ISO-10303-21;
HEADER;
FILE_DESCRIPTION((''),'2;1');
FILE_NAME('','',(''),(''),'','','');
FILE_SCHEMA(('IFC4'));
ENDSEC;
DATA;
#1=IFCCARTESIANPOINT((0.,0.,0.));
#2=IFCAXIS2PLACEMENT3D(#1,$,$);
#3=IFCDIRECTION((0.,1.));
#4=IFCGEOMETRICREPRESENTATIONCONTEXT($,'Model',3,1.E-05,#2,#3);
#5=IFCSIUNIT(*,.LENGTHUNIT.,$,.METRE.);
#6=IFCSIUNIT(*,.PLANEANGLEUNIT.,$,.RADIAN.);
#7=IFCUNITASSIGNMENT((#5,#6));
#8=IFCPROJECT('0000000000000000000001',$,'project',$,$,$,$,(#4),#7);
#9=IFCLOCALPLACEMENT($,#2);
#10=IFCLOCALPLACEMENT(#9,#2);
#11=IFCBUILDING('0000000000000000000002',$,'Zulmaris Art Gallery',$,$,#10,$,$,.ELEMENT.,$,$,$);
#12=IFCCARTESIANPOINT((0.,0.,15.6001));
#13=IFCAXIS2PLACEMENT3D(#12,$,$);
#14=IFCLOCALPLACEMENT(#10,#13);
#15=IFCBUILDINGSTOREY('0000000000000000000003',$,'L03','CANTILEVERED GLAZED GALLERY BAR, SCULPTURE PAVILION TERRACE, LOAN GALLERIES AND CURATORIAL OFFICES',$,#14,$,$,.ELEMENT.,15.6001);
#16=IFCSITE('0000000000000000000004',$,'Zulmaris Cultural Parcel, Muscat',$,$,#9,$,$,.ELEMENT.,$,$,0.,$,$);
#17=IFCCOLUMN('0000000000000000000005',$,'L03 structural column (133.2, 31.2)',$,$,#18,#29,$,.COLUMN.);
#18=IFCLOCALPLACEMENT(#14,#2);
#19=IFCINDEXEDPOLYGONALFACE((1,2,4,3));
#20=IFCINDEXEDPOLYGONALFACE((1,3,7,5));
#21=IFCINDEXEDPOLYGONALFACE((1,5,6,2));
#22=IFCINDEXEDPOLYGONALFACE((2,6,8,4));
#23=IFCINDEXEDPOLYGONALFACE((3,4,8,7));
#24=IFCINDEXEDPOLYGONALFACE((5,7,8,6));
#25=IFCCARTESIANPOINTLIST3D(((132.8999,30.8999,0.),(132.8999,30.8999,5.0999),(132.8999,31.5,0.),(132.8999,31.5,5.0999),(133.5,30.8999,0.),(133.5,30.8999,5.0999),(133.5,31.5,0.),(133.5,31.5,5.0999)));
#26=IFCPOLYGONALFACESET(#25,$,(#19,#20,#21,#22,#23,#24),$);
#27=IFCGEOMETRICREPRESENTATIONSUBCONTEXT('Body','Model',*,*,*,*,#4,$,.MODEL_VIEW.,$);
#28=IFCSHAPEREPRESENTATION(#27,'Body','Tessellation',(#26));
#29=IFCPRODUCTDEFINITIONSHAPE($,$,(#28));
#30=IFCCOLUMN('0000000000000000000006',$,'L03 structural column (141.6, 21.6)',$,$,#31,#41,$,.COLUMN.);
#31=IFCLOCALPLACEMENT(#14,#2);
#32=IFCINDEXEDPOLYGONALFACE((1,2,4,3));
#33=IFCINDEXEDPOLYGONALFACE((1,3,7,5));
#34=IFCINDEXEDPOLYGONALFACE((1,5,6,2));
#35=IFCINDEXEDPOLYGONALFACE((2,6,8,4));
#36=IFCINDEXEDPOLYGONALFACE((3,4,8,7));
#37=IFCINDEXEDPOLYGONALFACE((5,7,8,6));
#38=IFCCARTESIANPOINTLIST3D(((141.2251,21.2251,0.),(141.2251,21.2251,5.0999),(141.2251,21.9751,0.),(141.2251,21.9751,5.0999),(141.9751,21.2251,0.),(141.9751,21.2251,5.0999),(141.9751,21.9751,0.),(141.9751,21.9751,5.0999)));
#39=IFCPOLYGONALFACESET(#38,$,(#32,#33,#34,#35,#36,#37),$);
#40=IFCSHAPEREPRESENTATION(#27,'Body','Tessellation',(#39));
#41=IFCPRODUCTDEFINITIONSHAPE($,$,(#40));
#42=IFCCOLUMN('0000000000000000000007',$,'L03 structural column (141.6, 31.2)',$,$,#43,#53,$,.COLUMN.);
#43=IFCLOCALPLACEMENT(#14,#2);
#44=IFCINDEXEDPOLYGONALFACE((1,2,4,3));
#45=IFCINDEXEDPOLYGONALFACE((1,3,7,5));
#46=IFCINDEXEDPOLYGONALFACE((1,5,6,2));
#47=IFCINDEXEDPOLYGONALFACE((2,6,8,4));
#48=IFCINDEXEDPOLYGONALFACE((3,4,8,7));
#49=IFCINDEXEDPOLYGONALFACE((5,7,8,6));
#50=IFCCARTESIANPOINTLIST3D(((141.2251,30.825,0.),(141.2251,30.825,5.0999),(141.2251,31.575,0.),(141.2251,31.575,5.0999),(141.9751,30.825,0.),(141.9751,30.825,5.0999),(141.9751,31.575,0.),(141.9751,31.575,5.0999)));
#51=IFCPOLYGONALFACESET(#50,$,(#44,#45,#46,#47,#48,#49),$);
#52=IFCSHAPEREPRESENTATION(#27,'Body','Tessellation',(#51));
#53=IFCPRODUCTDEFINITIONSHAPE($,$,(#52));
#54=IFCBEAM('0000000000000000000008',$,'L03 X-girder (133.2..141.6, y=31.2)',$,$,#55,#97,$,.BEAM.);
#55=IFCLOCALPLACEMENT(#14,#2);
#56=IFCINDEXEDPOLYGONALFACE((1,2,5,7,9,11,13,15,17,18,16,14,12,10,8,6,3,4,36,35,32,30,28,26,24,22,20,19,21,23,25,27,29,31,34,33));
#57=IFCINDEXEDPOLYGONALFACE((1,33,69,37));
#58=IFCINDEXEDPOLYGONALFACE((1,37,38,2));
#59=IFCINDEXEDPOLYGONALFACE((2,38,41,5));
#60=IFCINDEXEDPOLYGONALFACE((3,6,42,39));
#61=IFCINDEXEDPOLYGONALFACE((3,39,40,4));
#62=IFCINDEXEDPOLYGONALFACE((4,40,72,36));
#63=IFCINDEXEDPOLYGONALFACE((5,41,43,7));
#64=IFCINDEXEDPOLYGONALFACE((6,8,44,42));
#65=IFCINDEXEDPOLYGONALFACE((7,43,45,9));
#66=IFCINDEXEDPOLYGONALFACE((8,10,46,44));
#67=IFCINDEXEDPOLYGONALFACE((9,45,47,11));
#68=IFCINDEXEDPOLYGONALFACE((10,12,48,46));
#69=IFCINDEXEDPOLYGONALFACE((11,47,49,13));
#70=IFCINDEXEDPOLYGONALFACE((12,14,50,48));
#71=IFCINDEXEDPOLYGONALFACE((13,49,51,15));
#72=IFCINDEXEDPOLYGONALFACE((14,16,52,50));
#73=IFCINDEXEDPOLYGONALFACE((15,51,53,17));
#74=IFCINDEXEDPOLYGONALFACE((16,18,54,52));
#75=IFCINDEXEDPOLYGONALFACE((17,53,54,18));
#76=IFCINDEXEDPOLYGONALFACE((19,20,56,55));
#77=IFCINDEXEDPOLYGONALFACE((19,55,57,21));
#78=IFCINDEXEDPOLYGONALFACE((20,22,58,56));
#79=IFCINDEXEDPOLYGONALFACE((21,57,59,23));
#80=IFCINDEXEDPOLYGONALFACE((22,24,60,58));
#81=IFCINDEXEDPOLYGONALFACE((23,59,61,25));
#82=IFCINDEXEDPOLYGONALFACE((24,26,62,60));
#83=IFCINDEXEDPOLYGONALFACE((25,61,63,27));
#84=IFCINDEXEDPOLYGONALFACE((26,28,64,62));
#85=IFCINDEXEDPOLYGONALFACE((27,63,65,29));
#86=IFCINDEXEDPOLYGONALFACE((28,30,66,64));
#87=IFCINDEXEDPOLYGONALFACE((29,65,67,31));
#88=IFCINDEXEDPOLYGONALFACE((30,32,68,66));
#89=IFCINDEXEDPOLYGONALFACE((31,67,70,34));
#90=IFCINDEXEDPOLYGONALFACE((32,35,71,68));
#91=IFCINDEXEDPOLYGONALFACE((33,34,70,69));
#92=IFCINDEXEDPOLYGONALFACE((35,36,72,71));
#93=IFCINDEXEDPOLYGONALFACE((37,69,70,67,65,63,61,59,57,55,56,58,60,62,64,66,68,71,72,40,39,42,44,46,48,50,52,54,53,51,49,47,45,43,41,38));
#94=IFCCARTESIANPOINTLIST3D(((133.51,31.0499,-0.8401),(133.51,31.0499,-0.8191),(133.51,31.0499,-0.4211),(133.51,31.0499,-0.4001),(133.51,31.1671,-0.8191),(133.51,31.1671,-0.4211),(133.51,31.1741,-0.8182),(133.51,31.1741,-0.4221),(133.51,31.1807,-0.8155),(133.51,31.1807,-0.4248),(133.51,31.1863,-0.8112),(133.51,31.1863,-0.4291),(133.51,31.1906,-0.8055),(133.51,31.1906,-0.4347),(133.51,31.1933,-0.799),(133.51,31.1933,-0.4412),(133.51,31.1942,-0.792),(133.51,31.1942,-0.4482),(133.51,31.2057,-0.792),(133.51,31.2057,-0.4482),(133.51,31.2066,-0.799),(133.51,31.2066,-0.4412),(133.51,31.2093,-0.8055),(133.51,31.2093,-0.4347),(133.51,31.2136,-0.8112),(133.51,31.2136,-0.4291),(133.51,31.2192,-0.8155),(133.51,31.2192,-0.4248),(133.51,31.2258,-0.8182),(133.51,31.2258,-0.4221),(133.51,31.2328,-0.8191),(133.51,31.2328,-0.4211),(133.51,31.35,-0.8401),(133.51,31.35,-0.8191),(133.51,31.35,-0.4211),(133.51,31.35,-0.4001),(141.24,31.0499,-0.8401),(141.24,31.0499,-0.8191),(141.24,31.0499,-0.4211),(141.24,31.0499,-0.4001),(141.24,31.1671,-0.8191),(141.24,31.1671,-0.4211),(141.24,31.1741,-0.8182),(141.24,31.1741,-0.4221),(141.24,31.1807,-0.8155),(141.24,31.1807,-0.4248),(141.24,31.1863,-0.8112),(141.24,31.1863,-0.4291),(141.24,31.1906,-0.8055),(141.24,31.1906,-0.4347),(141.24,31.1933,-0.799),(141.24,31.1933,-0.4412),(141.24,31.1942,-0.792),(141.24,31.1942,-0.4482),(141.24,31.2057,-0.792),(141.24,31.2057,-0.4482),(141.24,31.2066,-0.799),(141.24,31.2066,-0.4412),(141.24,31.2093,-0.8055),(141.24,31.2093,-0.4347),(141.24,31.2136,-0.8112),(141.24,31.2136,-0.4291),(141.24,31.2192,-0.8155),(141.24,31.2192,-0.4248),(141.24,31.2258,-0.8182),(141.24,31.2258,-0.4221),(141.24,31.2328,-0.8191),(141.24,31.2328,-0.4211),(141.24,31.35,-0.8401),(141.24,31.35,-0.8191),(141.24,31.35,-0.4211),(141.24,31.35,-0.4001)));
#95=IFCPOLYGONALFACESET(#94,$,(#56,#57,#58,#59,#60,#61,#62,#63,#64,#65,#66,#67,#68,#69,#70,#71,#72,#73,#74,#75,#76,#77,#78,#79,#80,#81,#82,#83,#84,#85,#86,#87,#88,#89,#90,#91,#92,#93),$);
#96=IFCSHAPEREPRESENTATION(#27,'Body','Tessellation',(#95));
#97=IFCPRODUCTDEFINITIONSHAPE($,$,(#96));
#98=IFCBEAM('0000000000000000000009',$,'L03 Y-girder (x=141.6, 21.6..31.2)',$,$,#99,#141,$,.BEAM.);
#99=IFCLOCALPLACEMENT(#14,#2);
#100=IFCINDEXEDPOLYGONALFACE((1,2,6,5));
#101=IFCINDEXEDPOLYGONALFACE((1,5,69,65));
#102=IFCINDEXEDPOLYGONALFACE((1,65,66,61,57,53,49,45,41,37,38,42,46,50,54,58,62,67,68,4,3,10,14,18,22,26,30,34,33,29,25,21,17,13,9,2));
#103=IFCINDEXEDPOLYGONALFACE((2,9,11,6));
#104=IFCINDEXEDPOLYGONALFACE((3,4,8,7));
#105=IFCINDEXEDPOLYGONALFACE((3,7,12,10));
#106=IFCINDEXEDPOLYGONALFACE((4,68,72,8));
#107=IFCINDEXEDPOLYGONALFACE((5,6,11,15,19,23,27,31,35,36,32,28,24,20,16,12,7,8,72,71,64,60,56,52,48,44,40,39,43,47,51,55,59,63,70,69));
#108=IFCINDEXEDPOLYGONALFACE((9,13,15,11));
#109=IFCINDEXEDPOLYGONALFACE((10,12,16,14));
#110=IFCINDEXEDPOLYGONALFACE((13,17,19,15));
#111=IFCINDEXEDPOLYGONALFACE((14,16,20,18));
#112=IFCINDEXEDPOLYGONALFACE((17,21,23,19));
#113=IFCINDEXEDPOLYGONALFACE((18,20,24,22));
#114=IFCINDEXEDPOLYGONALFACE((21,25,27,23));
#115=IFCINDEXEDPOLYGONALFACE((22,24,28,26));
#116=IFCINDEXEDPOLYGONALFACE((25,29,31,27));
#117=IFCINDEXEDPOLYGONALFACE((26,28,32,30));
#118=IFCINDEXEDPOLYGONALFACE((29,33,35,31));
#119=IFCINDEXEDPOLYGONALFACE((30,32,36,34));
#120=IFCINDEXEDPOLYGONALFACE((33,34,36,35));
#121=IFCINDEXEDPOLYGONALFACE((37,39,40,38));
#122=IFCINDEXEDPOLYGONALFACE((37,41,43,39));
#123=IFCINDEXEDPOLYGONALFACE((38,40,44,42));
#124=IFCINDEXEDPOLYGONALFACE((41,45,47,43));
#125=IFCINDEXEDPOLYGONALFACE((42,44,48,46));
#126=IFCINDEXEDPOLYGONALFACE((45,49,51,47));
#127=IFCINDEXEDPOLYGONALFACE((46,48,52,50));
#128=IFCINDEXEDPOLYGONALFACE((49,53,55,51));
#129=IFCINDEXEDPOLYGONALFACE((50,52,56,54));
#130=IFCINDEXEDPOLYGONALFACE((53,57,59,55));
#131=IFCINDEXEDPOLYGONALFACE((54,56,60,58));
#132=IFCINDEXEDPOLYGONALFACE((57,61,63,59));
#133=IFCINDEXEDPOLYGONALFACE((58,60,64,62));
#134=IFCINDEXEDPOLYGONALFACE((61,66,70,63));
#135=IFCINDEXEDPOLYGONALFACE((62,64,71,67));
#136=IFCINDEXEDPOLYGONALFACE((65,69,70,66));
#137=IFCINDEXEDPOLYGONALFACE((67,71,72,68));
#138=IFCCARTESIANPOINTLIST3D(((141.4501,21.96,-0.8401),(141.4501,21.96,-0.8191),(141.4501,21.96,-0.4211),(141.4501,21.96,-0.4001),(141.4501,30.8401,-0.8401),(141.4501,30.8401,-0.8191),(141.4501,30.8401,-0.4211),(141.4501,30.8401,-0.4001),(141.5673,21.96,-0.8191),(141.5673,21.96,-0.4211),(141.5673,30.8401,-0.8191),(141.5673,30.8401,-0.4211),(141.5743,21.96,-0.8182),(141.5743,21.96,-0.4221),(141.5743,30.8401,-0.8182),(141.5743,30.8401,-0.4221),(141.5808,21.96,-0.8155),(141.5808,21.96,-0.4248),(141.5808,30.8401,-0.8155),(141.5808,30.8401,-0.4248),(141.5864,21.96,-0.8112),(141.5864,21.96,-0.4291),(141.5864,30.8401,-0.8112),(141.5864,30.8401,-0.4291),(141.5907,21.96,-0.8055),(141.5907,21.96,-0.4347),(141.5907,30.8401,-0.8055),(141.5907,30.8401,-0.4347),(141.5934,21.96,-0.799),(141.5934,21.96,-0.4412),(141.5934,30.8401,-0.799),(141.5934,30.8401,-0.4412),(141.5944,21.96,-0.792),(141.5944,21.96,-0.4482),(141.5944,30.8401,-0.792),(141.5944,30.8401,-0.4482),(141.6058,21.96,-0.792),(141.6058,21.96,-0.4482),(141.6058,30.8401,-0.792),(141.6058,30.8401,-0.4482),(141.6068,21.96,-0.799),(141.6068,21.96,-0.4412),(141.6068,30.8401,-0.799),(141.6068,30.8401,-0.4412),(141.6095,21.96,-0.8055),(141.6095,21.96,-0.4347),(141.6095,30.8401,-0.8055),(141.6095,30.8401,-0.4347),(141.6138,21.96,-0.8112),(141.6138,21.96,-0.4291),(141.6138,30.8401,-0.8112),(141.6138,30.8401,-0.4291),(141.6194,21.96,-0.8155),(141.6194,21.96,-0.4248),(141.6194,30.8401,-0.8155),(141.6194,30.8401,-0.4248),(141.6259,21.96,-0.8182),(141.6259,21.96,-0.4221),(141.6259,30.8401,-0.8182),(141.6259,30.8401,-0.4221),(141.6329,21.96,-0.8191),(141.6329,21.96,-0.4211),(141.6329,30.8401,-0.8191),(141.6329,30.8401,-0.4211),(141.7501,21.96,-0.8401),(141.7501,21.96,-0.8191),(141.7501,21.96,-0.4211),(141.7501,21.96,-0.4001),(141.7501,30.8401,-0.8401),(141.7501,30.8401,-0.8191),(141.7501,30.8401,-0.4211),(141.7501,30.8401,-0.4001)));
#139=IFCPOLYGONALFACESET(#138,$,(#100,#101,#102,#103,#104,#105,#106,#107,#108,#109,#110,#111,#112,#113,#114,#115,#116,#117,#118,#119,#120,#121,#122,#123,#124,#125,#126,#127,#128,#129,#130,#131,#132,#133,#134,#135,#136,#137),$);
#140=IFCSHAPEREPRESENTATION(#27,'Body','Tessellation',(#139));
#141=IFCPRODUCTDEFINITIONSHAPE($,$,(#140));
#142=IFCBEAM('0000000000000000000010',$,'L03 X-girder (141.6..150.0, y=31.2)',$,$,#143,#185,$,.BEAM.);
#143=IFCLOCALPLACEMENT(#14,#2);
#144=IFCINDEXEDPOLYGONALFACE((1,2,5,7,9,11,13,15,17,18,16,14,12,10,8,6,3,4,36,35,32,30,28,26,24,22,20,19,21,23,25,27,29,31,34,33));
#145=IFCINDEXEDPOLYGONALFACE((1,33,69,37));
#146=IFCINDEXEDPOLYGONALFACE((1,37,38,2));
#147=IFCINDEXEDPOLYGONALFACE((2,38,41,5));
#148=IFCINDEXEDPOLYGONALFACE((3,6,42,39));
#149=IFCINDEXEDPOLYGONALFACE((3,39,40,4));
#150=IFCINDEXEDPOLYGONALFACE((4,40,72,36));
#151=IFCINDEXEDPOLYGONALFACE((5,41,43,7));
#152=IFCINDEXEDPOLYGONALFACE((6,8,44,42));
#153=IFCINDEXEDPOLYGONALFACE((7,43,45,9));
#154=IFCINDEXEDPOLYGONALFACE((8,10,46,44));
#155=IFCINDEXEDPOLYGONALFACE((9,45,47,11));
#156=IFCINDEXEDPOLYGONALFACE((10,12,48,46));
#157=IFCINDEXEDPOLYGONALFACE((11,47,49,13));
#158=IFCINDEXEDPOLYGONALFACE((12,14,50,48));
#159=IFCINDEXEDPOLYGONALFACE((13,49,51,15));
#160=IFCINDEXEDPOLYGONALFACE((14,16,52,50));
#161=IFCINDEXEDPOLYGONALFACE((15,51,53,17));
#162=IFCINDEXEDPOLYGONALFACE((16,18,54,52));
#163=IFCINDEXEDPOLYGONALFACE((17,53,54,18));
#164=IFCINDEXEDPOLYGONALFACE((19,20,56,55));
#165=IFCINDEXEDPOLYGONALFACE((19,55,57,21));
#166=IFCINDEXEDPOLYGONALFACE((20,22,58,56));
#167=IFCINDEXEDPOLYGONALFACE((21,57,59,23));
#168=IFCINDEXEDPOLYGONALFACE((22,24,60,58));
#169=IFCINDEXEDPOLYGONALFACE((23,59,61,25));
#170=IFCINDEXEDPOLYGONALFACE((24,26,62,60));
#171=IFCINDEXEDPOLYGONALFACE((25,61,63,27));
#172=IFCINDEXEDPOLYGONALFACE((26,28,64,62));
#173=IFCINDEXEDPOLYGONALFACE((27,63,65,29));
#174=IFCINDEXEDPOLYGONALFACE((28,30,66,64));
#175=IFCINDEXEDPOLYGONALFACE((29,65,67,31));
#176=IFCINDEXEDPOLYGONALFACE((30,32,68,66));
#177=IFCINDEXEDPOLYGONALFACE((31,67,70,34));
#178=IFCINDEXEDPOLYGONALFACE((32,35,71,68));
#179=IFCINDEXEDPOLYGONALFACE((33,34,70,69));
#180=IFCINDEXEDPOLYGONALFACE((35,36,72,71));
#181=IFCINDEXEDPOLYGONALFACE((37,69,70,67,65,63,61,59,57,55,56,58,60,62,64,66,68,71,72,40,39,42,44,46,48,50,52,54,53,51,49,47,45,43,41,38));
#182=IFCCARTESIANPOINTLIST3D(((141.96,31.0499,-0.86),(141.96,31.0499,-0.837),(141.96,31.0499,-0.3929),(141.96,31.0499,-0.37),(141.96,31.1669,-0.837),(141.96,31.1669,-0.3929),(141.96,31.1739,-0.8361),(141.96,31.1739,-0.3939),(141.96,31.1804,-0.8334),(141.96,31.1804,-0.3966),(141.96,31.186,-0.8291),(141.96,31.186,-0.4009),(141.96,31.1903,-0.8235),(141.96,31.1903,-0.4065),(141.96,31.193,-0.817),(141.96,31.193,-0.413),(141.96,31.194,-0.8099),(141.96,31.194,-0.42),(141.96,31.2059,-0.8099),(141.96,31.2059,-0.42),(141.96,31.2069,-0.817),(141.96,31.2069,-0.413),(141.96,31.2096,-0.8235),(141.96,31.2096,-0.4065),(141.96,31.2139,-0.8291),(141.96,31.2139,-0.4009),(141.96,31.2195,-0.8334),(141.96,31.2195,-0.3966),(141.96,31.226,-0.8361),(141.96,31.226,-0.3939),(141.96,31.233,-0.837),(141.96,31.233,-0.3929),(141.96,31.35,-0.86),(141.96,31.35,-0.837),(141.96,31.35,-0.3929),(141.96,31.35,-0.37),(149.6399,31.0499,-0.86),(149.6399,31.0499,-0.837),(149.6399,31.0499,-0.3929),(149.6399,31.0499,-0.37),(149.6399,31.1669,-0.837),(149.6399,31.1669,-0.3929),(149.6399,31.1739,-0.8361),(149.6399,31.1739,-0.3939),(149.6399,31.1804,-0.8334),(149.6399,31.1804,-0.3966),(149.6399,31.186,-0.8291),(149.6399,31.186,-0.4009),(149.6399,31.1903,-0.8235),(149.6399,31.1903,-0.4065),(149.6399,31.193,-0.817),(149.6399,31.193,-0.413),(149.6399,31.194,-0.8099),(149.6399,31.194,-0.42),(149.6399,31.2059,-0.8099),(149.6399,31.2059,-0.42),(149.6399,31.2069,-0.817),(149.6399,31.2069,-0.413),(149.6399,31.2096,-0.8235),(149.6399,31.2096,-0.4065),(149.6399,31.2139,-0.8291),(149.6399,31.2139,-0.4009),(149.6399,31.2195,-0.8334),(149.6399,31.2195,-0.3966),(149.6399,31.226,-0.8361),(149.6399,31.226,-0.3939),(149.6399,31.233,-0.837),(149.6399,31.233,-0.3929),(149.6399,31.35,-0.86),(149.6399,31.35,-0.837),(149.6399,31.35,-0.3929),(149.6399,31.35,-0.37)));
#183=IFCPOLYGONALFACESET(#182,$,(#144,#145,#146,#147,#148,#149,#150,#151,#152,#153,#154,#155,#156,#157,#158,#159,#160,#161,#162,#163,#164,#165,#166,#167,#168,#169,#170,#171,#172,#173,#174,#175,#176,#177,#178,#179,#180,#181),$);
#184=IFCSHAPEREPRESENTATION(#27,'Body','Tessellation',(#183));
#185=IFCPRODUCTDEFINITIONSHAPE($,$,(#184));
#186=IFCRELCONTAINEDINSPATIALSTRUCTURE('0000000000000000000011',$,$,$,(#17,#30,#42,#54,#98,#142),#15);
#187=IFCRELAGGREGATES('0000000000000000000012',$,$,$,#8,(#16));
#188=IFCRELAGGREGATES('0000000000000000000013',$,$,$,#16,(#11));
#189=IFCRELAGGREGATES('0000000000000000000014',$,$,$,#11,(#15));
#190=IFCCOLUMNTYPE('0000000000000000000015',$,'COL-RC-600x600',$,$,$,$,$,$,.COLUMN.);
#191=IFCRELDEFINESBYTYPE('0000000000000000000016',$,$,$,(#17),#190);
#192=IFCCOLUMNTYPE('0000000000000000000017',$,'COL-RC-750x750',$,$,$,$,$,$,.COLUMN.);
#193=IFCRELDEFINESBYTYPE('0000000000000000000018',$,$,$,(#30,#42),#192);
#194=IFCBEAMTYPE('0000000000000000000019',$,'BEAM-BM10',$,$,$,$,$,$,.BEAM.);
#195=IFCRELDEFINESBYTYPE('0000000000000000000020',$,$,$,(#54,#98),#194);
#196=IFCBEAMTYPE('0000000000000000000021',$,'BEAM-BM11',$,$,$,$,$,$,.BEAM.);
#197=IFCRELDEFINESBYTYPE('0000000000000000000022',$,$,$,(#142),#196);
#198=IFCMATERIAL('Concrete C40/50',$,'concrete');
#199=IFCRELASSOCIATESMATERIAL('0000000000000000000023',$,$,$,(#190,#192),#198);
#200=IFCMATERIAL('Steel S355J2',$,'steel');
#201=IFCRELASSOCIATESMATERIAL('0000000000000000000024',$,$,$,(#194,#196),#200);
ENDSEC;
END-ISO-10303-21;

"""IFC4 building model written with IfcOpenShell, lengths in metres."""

from ifc_helpers import new_model, si_unit, direction, frame, origin, origin_2d, place, context, subcontext, project, spatial, rectangle, i_section, extrude, material, material_profile, profile_set, type_object, element, save


model = new_model("IFC4")

# Units and contexts
model_context = context("Model", 3, precision=1e-05, world=origin(), true_north=direction((0.0, 1.0)))
body_context = subcontext(model_context, "Body", "Model", "MODEL_VIEW")
ifc_project = project(units=[si_unit("LENGTHUNIT", "METRE"), si_unit("PLANEANGLEUNIT", "RADIAN")], contexts=[model_context])

# Site, building, storey
site_placement = place(None, origin())
site = spatial("IfcSite", under=ifc_project, at=site_placement, Name="Zulmaris Cultural Parcel, Muscat", CompositionType="ELEMENT", RefElevation=0.0)
building_placement = place(site_placement, origin())
building = spatial("IfcBuilding", under=site, at=building_placement, Name="Zulmaris Art Gallery", CompositionType="ELEMENT")
storey_placement = place(building_placement, frame((0.0, 0.0, 15.6001)))
storey = spatial("IfcBuildingStorey", under=building, at=storey_placement, Name="L03", Description="CANTILEVERED GLAZED GALLERY BAR, SCULPTURE PAVILION TERRACE, LOAN GALLERIES AND CURATORIAL OFFICES", CompositionType="ELEMENT", Elevation=15.6001)

# Columns
ifc_material_1 = material(Name="Concrete C40/50", Category="concrete")
ifc_material_profile_1 = material_profile(ifc_material_1, rectangle(XDim=0.6001, YDim=0.6001, at=origin_2d()), Name="RC 600x600")
ifc_profile_set_1 = profile_set([ifc_material_profile_1], Name="Concrete C40/50")
column_type_1 = type_object("IfcColumnType", Name="COL-RC-600x600", PredefinedType="COLUMN", material=ifc_profile_set_1)
column_placement = place(storey_placement, frame((133.2, 31.2, 0.0), z_axis=(0.0, 0.0, 1.0), x_axis=(1.0, 0.0, 0.0)))
element("IfcColumn", 1, at=column_placement, inside=storey, type_object=column_type_1, Name="L03 structural column (133.2, 31.2)", PredefinedType="COLUMN", context=body_context, shape_type="SweptSolid", body=[
    extrude(rectangle(XDim=0.6001, YDim=0.6001, at=origin_2d()), origin(), (0.0, 0.0, 1.0), 5.0999),
])
ifc_material_profile_2 = material_profile(ifc_material_1, rectangle(XDim=0.75, YDim=0.75, at=origin_2d()), Name="RC 750x750")
ifc_profile_set_2 = profile_set([ifc_material_profile_2], Name="Concrete C40/50")
column_type_2 = type_object("IfcColumnType", Name="COL-RC-750x750", PredefinedType="COLUMN", material=ifc_profile_set_2)
for number, where, z_axis, x_axis, name in (
    (2, (141.6001, 21.6001, 0.0), (0.0, 0.0, 1.0), (1.0, 0.0, 0.0), "L03 structural column (141.6, 21.6)"),
    (3, (141.6001, 31.2, 0.0), (0.0, 0.0, 1.0), (1.0, 0.0, 0.0), "L03 structural column (141.6, 31.2)"),
):
    element("IfcColumn", number, at=place(storey_placement, frame(where, z_axis=z_axis, x_axis=x_axis)), inside=storey, type_object=column_type_2, Name=name, PredefinedType="COLUMN", context=body_context, shape_type="SweptSolid", body=[
        extrude(rectangle(XDim=0.75, YDim=0.75, at=origin_2d()), origin(), (0.0, 0.0, 1.0), 5.0999),
    ])

# Beams
ifc_material_2 = material(Name="Steel S355J2", Category="steel")
ifc_material_profile_3 = material_profile(ifc_material_2, i_section(OverallWidth=0.3, OverallDepth=0.4399, WebThickness=0.0115, FlangeThickness=0.021, FilletRadius=0.0271, at=origin_2d()), Name="HEA 450")
ifc_profile_set_3 = profile_set([ifc_material_profile_3], Name="Steel S355J2")
beam_type_1 = type_object("IfcBeamType", Name="BEAM-BM10", PredefinedType="BEAM", material=ifc_profile_set_3)
beam_1_placement = place(storey_placement, frame((133.51, 31.2, -0.6201), z_axis=(1.0, 0.0, 0.0), x_axis=(0.0, 1.0, 0.0)))
element("IfcBeam", 4, at=beam_1_placement, inside=storey, type_object=beam_type_1, Name="L03 X-girder (133.2..141.6, y=31.2)", PredefinedType="BEAM", context=body_context, shape_type="SweptSolid", body=[
    extrude(i_section(OverallWidth=0.3, OverallDepth=0.4399, WebThickness=0.0115, FlangeThickness=0.021, FilletRadius=0.0271, at=origin_2d()), origin(), (0.0, 0.0, 1.0), 7.73),
])
beam_2_placement = place(storey_placement, frame((141.6001, 21.96, -0.6201), z_axis=(0.0, 1.0, 0.0), x_axis=(-1.0, 0.0, 0.0)))
element("IfcBeam", 5, at=beam_2_placement, inside=storey, type_object=beam_type_1, Name="L03 Y-girder (x=141.6, 21.6..31.2)", PredefinedType="BEAM", context=body_context, shape_type="SweptSolid", body=[
    extrude(i_section(OverallWidth=0.3, OverallDepth=0.4399, WebThickness=0.0115, FlangeThickness=0.021, FilletRadius=0.0271, at=origin_2d()), origin(), (0.0, 0.0, 1.0), 8.8801),
])
ifc_material_profile_4 = material_profile(ifc_material_2, i_section(OverallWidth=0.3, OverallDepth=0.49, WebThickness=0.012, FlangeThickness=0.0229, FilletRadius=0.0271, at=origin_2d()), Name="HEA 500")
ifc_profile_set_4 = profile_set([ifc_material_profile_4], Name="Steel S355J2")
beam_type_2 = type_object("IfcBeamType", Name="BEAM-BM11", PredefinedType="BEAM", material=ifc_profile_set_4)
beam_3_placement = place(storey_placement, frame((141.96, 31.2, -0.615), z_axis=(1.0, 0.0, 0.0), x_axis=(0.0, 1.0, 0.0)))
element("IfcBeam", 6, at=beam_3_placement, inside=storey, type_object=beam_type_2, Name="L03 X-girder (141.6..150.0, y=31.2)", PredefinedType="BEAM", context=body_context, shape_type="SweptSolid", body=[
    extrude(i_section(OverallWidth=0.3, OverallDepth=0.49, WebThickness=0.012, FlangeThickness=0.0229, FilletRadius=0.0271, at=origin_2d()), origin(), (0.0, 0.0, 1.0), 7.6799),
])

save(model, "model.ifc")
